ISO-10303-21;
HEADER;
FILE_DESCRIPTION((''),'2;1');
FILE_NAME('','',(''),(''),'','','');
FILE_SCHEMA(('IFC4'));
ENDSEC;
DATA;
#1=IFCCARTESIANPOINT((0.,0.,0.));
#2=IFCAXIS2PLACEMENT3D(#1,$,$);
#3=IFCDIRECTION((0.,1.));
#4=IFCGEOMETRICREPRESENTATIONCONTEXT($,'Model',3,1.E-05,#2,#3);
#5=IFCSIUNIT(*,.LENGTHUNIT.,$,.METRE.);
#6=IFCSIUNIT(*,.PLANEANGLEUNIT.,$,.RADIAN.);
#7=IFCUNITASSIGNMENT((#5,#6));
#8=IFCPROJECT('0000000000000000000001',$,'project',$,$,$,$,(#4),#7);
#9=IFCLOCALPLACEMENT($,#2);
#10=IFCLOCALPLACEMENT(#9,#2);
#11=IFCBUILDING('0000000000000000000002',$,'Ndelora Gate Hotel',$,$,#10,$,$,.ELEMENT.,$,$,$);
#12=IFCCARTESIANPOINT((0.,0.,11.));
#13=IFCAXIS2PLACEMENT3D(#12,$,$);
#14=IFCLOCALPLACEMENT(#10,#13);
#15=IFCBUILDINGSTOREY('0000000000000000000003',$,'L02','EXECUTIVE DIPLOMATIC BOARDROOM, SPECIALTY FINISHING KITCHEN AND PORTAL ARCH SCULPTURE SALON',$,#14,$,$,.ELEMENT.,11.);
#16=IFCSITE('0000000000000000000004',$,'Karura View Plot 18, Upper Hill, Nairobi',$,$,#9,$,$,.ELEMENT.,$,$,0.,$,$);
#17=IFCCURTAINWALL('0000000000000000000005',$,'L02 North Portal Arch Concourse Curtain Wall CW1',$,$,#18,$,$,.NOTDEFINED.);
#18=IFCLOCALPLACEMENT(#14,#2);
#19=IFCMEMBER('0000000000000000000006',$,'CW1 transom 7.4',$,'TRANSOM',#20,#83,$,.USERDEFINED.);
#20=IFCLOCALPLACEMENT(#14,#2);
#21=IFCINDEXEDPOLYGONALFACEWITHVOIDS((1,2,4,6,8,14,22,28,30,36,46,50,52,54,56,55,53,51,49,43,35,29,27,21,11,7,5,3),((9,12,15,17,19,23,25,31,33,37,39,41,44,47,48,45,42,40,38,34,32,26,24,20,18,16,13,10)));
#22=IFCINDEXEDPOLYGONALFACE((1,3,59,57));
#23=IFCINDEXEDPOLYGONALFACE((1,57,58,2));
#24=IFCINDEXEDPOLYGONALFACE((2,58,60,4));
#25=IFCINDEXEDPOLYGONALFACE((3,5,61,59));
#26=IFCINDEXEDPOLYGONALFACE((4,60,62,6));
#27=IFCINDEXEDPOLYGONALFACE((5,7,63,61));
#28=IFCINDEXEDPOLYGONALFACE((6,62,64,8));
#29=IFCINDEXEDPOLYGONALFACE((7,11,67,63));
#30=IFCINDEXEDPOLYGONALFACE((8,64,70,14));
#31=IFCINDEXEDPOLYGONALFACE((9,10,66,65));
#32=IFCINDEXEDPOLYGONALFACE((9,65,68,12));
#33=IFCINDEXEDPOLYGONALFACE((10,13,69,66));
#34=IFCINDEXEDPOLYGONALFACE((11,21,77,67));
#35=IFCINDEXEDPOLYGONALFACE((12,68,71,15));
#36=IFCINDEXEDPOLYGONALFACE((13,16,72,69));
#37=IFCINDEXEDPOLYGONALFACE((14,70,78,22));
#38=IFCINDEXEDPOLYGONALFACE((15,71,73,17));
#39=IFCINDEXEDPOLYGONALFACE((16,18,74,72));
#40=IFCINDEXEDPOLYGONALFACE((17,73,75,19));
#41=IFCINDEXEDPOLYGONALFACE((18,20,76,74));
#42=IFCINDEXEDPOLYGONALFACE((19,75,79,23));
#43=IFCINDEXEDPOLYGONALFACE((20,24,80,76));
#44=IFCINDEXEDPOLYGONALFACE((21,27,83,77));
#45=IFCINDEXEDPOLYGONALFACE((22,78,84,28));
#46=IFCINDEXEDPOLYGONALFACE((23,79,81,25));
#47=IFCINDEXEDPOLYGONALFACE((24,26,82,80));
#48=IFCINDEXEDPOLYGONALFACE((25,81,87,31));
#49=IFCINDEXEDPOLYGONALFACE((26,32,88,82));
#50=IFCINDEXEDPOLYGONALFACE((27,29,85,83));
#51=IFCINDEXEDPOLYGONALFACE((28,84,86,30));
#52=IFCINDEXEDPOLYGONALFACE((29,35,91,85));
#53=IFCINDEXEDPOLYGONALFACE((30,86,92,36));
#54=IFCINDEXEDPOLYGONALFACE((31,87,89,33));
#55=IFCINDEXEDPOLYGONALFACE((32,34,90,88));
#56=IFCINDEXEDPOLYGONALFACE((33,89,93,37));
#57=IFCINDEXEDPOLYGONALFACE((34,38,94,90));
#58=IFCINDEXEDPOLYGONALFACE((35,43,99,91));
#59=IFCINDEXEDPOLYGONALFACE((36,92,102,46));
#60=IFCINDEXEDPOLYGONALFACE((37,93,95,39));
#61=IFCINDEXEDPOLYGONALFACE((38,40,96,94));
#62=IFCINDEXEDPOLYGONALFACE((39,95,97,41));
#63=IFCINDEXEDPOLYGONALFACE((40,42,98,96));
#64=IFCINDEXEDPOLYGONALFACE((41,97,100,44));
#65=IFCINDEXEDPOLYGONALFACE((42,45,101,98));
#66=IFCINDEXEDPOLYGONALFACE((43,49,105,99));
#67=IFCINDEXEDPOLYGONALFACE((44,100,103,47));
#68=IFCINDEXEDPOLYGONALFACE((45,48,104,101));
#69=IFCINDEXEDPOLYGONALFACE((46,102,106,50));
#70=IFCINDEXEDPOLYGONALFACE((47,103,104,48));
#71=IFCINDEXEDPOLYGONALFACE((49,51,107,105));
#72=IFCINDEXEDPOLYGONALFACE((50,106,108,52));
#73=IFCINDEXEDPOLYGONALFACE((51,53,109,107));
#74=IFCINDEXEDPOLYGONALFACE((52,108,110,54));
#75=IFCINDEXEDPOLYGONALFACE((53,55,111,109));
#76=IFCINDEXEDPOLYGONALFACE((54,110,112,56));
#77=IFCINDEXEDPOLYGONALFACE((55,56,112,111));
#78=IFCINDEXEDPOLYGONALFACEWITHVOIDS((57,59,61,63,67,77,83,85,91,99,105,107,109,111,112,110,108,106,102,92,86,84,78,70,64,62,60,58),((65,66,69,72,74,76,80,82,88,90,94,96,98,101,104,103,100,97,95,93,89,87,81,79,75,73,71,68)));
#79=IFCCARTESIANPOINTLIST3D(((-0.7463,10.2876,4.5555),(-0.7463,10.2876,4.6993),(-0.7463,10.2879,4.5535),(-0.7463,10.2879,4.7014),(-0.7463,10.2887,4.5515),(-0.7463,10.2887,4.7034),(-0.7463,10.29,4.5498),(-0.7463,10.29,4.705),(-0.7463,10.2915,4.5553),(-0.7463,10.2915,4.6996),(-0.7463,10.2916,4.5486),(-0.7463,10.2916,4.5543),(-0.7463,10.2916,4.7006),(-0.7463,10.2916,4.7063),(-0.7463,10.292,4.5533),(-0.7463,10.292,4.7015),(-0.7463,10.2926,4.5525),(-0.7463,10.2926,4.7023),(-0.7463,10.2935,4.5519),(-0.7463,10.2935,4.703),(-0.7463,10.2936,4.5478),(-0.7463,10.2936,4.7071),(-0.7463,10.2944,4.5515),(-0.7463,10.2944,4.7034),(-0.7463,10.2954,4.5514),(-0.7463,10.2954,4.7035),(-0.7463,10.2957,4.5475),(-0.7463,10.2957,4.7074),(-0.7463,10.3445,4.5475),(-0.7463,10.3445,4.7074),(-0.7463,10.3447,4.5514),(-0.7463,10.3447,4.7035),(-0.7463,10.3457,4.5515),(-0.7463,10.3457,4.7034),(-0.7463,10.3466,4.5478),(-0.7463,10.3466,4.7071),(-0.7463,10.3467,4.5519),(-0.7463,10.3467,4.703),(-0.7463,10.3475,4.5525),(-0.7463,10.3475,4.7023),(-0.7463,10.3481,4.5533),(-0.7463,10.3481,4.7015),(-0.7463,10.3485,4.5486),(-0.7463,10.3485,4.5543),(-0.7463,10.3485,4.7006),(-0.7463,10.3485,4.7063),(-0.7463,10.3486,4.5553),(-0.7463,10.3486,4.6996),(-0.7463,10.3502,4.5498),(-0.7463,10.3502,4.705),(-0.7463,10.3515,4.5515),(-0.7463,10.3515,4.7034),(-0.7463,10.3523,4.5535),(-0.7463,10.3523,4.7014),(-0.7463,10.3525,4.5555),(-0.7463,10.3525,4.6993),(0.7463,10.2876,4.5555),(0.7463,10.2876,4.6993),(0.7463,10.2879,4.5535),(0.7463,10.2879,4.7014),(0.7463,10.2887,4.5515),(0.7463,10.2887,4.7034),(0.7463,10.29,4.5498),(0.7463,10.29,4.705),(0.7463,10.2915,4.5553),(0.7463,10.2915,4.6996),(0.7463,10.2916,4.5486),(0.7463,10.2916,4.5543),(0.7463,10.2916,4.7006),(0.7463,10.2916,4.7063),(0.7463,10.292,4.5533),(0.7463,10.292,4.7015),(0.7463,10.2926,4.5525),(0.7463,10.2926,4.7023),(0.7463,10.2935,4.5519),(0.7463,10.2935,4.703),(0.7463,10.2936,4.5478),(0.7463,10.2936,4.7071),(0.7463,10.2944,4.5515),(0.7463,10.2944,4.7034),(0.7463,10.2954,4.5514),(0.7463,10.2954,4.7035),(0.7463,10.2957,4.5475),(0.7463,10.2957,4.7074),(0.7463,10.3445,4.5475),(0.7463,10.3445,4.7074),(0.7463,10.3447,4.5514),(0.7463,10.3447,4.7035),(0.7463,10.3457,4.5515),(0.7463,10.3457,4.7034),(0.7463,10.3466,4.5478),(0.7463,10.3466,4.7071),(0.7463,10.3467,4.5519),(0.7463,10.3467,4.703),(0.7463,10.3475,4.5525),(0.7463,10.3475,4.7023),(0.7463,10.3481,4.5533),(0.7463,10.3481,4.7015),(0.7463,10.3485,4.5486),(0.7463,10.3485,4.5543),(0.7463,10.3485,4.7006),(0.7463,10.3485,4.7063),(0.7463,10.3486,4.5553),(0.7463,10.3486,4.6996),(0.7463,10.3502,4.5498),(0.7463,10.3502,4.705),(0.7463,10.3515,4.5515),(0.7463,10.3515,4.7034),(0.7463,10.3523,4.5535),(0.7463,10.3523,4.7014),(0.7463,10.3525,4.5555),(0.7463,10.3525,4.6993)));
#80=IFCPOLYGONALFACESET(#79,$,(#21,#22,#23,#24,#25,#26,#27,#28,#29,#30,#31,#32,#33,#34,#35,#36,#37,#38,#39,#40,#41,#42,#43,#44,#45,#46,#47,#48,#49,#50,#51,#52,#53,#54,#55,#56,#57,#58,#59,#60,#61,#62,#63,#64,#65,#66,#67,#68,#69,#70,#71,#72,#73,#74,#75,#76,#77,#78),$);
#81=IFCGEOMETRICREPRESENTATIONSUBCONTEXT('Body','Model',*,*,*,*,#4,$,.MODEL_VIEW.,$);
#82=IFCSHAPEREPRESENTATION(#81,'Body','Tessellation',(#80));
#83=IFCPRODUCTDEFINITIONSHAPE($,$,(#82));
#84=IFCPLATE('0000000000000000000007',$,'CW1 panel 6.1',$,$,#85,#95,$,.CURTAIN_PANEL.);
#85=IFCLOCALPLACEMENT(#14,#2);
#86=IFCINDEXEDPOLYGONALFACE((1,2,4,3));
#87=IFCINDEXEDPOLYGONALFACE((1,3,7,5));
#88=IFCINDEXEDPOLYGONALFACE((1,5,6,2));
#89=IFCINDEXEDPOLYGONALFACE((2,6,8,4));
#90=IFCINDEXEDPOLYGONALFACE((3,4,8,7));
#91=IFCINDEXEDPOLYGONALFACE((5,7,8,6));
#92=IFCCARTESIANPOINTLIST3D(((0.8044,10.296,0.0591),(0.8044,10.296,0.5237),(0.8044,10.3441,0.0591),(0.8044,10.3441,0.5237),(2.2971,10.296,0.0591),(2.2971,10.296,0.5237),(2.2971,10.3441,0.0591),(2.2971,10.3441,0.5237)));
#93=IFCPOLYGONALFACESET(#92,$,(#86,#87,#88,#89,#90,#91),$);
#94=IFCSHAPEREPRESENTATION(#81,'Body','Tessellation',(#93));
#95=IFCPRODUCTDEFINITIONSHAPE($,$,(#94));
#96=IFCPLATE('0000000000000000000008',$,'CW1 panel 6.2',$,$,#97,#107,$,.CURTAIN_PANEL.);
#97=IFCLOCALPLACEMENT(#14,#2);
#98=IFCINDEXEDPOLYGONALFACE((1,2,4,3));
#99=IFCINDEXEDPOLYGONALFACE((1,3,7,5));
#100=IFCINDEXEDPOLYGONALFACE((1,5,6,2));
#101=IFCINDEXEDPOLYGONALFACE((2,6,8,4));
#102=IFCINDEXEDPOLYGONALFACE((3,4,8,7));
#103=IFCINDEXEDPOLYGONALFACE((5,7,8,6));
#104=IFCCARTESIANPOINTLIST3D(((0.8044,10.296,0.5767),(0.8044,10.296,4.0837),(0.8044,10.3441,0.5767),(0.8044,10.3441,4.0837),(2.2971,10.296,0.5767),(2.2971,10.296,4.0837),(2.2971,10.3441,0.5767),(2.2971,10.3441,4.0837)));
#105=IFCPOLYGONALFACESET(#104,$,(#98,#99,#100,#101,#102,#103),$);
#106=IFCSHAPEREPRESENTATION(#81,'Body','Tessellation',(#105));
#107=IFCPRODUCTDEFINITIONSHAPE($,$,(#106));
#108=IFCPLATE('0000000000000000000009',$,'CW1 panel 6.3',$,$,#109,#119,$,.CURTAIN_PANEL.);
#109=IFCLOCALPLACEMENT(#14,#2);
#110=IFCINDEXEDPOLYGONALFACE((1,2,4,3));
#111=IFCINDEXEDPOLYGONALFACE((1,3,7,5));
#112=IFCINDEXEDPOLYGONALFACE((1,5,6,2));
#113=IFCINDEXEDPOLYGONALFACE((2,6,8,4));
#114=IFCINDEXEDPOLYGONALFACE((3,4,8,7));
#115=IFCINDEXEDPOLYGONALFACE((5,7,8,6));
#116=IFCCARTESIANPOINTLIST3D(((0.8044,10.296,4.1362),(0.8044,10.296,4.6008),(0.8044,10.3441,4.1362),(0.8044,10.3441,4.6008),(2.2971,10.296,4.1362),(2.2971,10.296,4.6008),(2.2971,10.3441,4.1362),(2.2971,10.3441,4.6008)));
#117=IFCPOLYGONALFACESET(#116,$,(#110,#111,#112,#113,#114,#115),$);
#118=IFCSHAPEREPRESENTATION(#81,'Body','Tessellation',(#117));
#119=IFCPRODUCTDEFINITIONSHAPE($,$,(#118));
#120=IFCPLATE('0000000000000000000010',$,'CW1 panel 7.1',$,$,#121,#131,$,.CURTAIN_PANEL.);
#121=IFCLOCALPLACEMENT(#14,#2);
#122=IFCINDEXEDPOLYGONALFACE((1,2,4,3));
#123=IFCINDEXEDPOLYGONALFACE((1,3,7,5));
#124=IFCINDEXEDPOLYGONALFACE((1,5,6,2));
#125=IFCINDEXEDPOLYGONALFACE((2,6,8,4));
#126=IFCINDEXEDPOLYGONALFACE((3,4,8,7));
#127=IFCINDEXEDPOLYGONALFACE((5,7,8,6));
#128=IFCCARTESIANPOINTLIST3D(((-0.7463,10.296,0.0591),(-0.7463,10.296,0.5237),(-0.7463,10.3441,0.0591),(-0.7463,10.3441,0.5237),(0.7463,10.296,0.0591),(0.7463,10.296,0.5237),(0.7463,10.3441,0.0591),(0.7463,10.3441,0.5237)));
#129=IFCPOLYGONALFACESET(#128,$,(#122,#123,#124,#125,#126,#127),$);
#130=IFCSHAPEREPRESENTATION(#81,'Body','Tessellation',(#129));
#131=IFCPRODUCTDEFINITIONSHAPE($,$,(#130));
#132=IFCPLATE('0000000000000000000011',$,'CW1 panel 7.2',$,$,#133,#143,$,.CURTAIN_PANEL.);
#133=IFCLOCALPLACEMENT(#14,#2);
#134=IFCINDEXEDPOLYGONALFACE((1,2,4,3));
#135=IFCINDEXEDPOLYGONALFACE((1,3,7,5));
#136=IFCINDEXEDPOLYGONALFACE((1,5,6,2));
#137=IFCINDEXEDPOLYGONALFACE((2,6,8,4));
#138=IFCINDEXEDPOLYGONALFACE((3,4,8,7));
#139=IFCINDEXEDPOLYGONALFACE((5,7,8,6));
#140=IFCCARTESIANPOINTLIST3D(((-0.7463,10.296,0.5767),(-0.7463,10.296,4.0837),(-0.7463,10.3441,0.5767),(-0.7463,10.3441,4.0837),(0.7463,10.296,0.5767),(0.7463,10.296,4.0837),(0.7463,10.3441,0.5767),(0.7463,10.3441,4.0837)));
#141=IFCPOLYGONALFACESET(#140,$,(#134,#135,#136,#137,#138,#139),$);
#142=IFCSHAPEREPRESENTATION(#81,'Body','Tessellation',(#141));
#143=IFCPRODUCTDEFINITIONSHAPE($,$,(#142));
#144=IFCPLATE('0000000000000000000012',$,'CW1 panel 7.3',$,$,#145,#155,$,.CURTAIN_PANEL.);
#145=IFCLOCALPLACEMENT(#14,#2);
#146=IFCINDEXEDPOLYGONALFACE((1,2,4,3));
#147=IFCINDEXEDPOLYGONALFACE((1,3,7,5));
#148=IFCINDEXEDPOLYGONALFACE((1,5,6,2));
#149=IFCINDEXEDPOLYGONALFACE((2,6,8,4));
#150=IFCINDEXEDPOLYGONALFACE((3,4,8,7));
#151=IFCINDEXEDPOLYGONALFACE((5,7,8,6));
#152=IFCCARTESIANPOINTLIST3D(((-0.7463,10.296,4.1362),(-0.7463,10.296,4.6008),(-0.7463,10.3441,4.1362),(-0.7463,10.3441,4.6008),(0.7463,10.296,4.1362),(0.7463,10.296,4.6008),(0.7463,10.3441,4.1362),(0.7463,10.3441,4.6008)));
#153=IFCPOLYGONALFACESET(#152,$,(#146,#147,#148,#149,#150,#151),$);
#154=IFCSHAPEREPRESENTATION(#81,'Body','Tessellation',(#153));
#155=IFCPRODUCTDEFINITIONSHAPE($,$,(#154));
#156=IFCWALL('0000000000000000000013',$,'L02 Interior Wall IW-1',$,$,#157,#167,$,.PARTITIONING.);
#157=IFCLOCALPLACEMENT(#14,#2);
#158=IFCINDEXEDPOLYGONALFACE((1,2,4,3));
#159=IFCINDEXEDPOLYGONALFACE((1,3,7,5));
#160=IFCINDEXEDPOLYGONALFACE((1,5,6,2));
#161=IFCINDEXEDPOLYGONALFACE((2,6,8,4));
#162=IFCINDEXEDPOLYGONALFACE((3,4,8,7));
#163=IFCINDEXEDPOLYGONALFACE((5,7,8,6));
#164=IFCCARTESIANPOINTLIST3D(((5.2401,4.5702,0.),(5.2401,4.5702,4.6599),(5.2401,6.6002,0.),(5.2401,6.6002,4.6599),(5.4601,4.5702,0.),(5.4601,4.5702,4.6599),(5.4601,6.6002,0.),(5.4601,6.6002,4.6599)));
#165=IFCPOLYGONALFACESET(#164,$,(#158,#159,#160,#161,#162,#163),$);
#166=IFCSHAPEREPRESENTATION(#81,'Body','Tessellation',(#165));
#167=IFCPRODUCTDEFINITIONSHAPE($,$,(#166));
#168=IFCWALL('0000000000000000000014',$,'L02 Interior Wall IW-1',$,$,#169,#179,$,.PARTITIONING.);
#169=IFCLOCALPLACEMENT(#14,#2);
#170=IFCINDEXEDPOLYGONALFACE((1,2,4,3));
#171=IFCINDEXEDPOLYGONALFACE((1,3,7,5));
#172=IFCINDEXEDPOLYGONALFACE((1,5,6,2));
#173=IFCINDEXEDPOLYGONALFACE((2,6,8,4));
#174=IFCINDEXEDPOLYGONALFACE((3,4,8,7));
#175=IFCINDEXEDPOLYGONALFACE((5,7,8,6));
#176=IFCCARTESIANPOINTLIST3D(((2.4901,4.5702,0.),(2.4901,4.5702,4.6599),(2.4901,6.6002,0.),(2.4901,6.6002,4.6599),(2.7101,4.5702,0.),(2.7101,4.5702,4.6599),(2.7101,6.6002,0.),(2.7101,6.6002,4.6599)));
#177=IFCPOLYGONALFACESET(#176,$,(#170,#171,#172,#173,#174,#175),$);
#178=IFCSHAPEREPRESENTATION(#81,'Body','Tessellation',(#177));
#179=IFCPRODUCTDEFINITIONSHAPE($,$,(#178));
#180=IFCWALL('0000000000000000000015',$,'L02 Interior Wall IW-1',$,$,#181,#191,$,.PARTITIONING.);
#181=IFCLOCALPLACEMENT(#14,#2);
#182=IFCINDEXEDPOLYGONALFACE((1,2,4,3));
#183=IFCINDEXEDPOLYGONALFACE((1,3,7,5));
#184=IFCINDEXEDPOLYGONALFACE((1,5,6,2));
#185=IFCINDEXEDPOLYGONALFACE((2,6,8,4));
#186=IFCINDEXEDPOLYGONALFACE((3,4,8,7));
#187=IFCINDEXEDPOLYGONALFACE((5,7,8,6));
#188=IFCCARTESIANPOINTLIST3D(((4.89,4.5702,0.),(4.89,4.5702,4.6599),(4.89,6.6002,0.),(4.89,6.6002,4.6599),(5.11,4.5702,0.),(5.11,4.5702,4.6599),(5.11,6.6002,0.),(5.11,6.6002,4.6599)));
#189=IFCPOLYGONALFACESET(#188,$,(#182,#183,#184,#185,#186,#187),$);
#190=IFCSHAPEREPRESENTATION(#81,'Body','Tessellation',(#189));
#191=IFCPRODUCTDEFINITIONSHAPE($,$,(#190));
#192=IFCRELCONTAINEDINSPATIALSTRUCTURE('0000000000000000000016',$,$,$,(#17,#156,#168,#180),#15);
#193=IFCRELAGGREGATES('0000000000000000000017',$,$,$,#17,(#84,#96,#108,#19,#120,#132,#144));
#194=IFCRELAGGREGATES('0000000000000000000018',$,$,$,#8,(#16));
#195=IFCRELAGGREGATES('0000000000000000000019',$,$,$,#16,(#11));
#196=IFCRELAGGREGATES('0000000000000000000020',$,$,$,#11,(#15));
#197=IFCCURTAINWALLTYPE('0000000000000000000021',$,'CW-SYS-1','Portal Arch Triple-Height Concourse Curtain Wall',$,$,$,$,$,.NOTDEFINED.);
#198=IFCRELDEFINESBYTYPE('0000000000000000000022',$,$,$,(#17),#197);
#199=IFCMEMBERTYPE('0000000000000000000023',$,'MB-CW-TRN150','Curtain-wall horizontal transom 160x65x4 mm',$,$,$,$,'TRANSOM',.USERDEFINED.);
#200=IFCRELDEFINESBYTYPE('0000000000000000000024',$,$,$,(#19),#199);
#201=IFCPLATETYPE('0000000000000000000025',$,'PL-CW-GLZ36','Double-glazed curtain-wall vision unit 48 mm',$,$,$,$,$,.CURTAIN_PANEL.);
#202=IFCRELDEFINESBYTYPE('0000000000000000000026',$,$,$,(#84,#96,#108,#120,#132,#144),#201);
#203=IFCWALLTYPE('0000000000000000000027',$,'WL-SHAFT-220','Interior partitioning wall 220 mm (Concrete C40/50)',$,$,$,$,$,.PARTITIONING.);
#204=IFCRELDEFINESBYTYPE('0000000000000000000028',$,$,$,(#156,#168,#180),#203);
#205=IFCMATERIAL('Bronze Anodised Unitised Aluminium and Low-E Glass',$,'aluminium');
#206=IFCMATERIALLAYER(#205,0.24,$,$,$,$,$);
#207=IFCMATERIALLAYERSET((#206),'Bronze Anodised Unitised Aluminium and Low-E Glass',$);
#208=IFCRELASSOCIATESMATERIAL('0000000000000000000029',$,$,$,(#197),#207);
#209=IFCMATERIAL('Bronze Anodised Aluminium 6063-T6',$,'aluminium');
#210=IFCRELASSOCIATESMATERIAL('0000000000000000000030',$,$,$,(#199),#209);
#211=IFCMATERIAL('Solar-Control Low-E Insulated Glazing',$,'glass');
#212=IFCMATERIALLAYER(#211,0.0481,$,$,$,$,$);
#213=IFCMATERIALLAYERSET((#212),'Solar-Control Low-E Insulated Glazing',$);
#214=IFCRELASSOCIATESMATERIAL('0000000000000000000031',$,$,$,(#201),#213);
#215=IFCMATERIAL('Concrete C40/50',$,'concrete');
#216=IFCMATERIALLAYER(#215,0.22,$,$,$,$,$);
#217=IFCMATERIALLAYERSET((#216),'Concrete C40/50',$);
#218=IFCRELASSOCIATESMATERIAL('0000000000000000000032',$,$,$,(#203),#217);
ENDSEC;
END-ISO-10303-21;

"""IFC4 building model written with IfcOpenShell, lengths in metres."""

from ifc_helpers import new_model, si_unit, direction, frame, frame_2d, origin, origin_2d, place, context, subcontext, project, spatial, rectangle, hollow_rectangle, extrude, material, layer, layer_set, material_profile, profile_set, type_object, element, aggregate, save


model = new_model("IFC4")

# Units and contexts
model_context = context("Model", 3, precision=1e-05, world=origin(), true_north=direction((0.0, 1.0)))
body_context = subcontext(model_context, "Body", "Model", "MODEL_VIEW")
ifc_project = project(units=[si_unit("LENGTHUNIT", "METRE"), si_unit("PLANEANGLEUNIT", "RADIAN")], contexts=[model_context])

# Site, building, storey
site_placement = place(None, origin())
site = spatial("IfcSite", under=ifc_project, at=site_placement, Name="Karura View Plot 18, Upper Hill, Nairobi", CompositionType="ELEMENT", RefElevation=0.0)
building_placement = place(site_placement, origin())
building = spatial("IfcBuilding", under=site, at=building_placement, Name="Ndelora Gate Hotel", CompositionType="ELEMENT")
storey_placement = place(building_placement, frame((0.0, 0.0, 11.0)))
storey = spatial("IfcBuildingStorey", under=building, at=storey_placement, Name="L02", Description="EXECUTIVE DIPLOMATIC BOARDROOM, SPECIALTY FINISHING KITCHEN AND PORTAL ARCH SCULPTURE SALON", CompositionType="ELEMENT", Elevation=11.0)

# Curtain wall, member, plates
ifc_material_1 = material(Name="Bronze Anodised Unitised Aluminium and Low-E Glass", Category="aluminium")
ifc_layer_1 = layer(ifc_material_1, 0.24)
ifc_layer_set_1 = layer_set([ifc_layer_1], Name="Bronze Anodised Unitised Aluminium and Low-E Glass")
curtain_wall_type = type_object("IfcCurtainWallType", Name="CW-SYS-1", Description="Portal Arch Triple-Height Concourse Curtain Wall", PredefinedType="NOTDEFINED", material=ifc_layer_set_1)
curtain_wall_placement = place(storey_placement, origin())
curtain_wall = element("IfcCurtainWall", 1, at=curtain_wall_placement, inside=storey, type_object=curtain_wall_type, Name="L02 North Portal Arch Concourse Curtain Wall CW1", PredefinedType="NOTDEFINED")
ifc_material_2 = material(Name="Bronze Anodised Aluminium 6063-T6", Category="aluminium")
ifc_material_profile_1 = material_profile(ifc_material_2, hollow_rectangle(XDim=0.0649, YDim=0.1599, WallThickness=0.0039, InnerFilletRadius=0.0039, OuterFilletRadius=0.0081, at=origin_2d()), Name="ALU 160x65x4")
ifc_profile_set_1 = profile_set([ifc_material_profile_1], Name="Bronze Anodised Aluminium 6063-T6")
member_type_1 = type_object("IfcMemberType", Name="MB-CW-TRN150", Description="Curtain-wall horizontal transom 160x65x4 mm", ElementType="TRANSOM", PredefinedType="USERDEFINED", material=ifc_profile_set_1)
member_1_placement = place(storey_placement, frame((0.7463, 10.3201, 4.6274), z_axis=(-1.0, 0.0, 0.0), x_axis=(0.0, -1.0, 0.0)))
member_1 = element("IfcMember", 2, at=member_1_placement, type_object=member_type_1, Name="CW1 transom 7.4", ObjectType="TRANSOM", PredefinedType="USERDEFINED", context=body_context, shape_type="SweptSolid", body=[
    extrude(hollow_rectangle(XDim=0.0649, YDim=0.1599, WallThickness=0.0039, InnerFilletRadius=0.0039, OuterFilletRadius=0.0081, at=origin_2d()), origin(), (0.0, 0.0, 1.0), 1.4927),
])
ifc_material_3 = material(Name="Solar-Control Low-E Insulated Glazing", Category="glass")
ifc_layer_2 = layer(ifc_material_3, 0.0481)
ifc_layer_set_2 = layer_set([ifc_layer_2], Name="Solar-Control Low-E Insulated Glazing")
plate_type = type_object("IfcPlateType", Name="PL-CW-GLZ36", Description="Double-glazed curtain-wall vision unit 48 mm", PredefinedType="CURTAIN_PANEL", material=ifc_layer_set_2)
plate_1_placement = place(storey_placement, frame((1.5508, 10.3201, 0.0591), z_axis=(0.0, 0.0, 1.0), x_axis=(-1.0, 0.0, 0.0)))
plate_1 = element("IfcPlate", 3, at=plate_1_placement, type_object=plate_type, Name="CW1 panel 6.1", PredefinedType="CURTAIN_PANEL", context=body_context, shape_type="SweptSolid", body=[
    extrude(rectangle(XDim=1.4927, YDim=0.0481, at=origin_2d()), origin(), (0.0, 0.0, 1.0), 0.4646),
])
plate_2_placement = place(storey_placement, frame((1.5508, 10.3201, 0.5767), z_axis=(0.0, 0.0, 1.0), x_axis=(-1.0, 0.0, 0.0)))
plate_2 = element("IfcPlate", 4, at=plate_2_placement, type_object=plate_type, Name="CW1 panel 6.2", PredefinedType="CURTAIN_PANEL", context=body_context, shape_type="SweptSolid", body=[
    extrude(rectangle(XDim=1.4927, YDim=0.0481, at=origin_2d()), origin(), (0.0, 0.0, 1.0), 3.5071),
])
plate_3_placement = place(storey_placement, frame((1.5508, 10.3201, 4.1362), z_axis=(0.0, 0.0, 1.0), x_axis=(-1.0, 0.0, 0.0)))
plate_3 = element("IfcPlate", 5, at=plate_3_placement, type_object=plate_type, Name="CW1 panel 6.3", PredefinedType="CURTAIN_PANEL", context=body_context, shape_type="SweptSolid", body=[
    extrude(rectangle(XDim=1.4927, YDim=0.0481, at=origin_2d()), origin(), (0.0, 0.0, 1.0), 0.4646),
])
plate_4_placement = place(storey_placement, frame((0.0, 10.3201, 0.0591), z_axis=(0.0, 0.0, 1.0), x_axis=(-1.0, 0.0, 0.0)))
plate_4 = element("IfcPlate", 6, at=plate_4_placement, type_object=plate_type, Name="CW1 panel 7.1", PredefinedType="CURTAIN_PANEL", context=body_context, shape_type="SweptSolid", body=[
    extrude(rectangle(XDim=1.4927, YDim=0.0481, at=origin_2d()), origin(), (0.0, 0.0, 1.0), 0.4646),
])
plate_5_placement = place(storey_placement, frame((0.0, 10.3201, 0.5767), z_axis=(0.0, 0.0, 1.0), x_axis=(-1.0, 0.0, 0.0)))
plate_5 = element("IfcPlate", 7, at=plate_5_placement, type_object=plate_type, Name="CW1 panel 7.2", PredefinedType="CURTAIN_PANEL", context=body_context, shape_type="SweptSolid", body=[
    extrude(rectangle(XDim=1.4927, YDim=0.0481, at=origin_2d()), origin(), (0.0, 0.0, 1.0), 3.5071),
])
plate_6_placement = place(storey_placement, frame((0.0, 10.3201, 4.1362), z_axis=(0.0, 0.0, 1.0), x_axis=(-1.0, 0.0, 0.0)))
plate_6 = element("IfcPlate", 8, at=plate_6_placement, type_object=plate_type, Name="CW1 panel 7.3", PredefinedType="CURTAIN_PANEL", context=body_context, shape_type="SweptSolid", body=[
    extrude(rectangle(XDim=1.4927, YDim=0.0481, at=origin_2d()), origin(), (0.0, 0.0, 1.0), 0.4646),
])
aggregate(curtain_wall, [plate_1, plate_2, plate_3, member_1, plate_4, plate_5, plate_6])

# Shared definitions
ifc_material_4 = material(Name="Concrete C40/50", Category="concrete")
ifc_layer_3 = layer(ifc_material_4, 0.22)
ifc_layer_set_3 = layer_set([ifc_layer_3], Name="Concrete C40/50")
wall_type = type_object("IfcWallType", Name="WL-SHAFT-220", Description="Interior partitioning wall 220 mm (Concrete C40/50)", PredefinedType="PARTITIONING", material=ifc_layer_set_3)

# Wall
wall_1_placement = place(storey_placement, frame((5.3501, 4.5701, 0.0), z_axis=(0.0, 0.0, 1.0), x_axis=(0.0, 1.0, 0.0)))
element("IfcWall", 9, at=wall_1_placement, inside=storey, type_object=wall_type, Name="L02 Interior Wall IW-1", PredefinedType="PARTITIONING", context=body_context, shape_type="SweptSolid", body=[
    extrude(rectangle(XDim=2.03, YDim=0.22, at=frame_2d((1.0151, 0.0))), origin(), (0.0, 0.0, 1.0), 4.6599),
])

# Walls
for number, where, z_axis, x_axis, name in (
    (10, (2.6001, 4.5701, 0.0), (0.0, 0.0, 1.0), (0.0, 1.0, 0.0), "L02 Interior Wall IW-1"),
    (11, (5.0, 4.5701, 0.0), (0.0, 0.0, 1.0), (0.0, 1.0, 0.0), "L02 Interior Wall IW-1"),
):
    element("IfcWall", number, at=place(storey_placement, frame(where, z_axis=z_axis, x_axis=x_axis)), inside=storey, type_object=wall_type, Name=name, PredefinedType="PARTITIONING", context=body_context, shape_type="SweptSolid", body=[
        extrude(rectangle(XDim=2.03, YDim=0.22, at=frame_2d((1.0151, 0.0))), origin(), (0.0, 0.0, 1.0), 4.6599),
    ])

save(model, "model.ifc")
